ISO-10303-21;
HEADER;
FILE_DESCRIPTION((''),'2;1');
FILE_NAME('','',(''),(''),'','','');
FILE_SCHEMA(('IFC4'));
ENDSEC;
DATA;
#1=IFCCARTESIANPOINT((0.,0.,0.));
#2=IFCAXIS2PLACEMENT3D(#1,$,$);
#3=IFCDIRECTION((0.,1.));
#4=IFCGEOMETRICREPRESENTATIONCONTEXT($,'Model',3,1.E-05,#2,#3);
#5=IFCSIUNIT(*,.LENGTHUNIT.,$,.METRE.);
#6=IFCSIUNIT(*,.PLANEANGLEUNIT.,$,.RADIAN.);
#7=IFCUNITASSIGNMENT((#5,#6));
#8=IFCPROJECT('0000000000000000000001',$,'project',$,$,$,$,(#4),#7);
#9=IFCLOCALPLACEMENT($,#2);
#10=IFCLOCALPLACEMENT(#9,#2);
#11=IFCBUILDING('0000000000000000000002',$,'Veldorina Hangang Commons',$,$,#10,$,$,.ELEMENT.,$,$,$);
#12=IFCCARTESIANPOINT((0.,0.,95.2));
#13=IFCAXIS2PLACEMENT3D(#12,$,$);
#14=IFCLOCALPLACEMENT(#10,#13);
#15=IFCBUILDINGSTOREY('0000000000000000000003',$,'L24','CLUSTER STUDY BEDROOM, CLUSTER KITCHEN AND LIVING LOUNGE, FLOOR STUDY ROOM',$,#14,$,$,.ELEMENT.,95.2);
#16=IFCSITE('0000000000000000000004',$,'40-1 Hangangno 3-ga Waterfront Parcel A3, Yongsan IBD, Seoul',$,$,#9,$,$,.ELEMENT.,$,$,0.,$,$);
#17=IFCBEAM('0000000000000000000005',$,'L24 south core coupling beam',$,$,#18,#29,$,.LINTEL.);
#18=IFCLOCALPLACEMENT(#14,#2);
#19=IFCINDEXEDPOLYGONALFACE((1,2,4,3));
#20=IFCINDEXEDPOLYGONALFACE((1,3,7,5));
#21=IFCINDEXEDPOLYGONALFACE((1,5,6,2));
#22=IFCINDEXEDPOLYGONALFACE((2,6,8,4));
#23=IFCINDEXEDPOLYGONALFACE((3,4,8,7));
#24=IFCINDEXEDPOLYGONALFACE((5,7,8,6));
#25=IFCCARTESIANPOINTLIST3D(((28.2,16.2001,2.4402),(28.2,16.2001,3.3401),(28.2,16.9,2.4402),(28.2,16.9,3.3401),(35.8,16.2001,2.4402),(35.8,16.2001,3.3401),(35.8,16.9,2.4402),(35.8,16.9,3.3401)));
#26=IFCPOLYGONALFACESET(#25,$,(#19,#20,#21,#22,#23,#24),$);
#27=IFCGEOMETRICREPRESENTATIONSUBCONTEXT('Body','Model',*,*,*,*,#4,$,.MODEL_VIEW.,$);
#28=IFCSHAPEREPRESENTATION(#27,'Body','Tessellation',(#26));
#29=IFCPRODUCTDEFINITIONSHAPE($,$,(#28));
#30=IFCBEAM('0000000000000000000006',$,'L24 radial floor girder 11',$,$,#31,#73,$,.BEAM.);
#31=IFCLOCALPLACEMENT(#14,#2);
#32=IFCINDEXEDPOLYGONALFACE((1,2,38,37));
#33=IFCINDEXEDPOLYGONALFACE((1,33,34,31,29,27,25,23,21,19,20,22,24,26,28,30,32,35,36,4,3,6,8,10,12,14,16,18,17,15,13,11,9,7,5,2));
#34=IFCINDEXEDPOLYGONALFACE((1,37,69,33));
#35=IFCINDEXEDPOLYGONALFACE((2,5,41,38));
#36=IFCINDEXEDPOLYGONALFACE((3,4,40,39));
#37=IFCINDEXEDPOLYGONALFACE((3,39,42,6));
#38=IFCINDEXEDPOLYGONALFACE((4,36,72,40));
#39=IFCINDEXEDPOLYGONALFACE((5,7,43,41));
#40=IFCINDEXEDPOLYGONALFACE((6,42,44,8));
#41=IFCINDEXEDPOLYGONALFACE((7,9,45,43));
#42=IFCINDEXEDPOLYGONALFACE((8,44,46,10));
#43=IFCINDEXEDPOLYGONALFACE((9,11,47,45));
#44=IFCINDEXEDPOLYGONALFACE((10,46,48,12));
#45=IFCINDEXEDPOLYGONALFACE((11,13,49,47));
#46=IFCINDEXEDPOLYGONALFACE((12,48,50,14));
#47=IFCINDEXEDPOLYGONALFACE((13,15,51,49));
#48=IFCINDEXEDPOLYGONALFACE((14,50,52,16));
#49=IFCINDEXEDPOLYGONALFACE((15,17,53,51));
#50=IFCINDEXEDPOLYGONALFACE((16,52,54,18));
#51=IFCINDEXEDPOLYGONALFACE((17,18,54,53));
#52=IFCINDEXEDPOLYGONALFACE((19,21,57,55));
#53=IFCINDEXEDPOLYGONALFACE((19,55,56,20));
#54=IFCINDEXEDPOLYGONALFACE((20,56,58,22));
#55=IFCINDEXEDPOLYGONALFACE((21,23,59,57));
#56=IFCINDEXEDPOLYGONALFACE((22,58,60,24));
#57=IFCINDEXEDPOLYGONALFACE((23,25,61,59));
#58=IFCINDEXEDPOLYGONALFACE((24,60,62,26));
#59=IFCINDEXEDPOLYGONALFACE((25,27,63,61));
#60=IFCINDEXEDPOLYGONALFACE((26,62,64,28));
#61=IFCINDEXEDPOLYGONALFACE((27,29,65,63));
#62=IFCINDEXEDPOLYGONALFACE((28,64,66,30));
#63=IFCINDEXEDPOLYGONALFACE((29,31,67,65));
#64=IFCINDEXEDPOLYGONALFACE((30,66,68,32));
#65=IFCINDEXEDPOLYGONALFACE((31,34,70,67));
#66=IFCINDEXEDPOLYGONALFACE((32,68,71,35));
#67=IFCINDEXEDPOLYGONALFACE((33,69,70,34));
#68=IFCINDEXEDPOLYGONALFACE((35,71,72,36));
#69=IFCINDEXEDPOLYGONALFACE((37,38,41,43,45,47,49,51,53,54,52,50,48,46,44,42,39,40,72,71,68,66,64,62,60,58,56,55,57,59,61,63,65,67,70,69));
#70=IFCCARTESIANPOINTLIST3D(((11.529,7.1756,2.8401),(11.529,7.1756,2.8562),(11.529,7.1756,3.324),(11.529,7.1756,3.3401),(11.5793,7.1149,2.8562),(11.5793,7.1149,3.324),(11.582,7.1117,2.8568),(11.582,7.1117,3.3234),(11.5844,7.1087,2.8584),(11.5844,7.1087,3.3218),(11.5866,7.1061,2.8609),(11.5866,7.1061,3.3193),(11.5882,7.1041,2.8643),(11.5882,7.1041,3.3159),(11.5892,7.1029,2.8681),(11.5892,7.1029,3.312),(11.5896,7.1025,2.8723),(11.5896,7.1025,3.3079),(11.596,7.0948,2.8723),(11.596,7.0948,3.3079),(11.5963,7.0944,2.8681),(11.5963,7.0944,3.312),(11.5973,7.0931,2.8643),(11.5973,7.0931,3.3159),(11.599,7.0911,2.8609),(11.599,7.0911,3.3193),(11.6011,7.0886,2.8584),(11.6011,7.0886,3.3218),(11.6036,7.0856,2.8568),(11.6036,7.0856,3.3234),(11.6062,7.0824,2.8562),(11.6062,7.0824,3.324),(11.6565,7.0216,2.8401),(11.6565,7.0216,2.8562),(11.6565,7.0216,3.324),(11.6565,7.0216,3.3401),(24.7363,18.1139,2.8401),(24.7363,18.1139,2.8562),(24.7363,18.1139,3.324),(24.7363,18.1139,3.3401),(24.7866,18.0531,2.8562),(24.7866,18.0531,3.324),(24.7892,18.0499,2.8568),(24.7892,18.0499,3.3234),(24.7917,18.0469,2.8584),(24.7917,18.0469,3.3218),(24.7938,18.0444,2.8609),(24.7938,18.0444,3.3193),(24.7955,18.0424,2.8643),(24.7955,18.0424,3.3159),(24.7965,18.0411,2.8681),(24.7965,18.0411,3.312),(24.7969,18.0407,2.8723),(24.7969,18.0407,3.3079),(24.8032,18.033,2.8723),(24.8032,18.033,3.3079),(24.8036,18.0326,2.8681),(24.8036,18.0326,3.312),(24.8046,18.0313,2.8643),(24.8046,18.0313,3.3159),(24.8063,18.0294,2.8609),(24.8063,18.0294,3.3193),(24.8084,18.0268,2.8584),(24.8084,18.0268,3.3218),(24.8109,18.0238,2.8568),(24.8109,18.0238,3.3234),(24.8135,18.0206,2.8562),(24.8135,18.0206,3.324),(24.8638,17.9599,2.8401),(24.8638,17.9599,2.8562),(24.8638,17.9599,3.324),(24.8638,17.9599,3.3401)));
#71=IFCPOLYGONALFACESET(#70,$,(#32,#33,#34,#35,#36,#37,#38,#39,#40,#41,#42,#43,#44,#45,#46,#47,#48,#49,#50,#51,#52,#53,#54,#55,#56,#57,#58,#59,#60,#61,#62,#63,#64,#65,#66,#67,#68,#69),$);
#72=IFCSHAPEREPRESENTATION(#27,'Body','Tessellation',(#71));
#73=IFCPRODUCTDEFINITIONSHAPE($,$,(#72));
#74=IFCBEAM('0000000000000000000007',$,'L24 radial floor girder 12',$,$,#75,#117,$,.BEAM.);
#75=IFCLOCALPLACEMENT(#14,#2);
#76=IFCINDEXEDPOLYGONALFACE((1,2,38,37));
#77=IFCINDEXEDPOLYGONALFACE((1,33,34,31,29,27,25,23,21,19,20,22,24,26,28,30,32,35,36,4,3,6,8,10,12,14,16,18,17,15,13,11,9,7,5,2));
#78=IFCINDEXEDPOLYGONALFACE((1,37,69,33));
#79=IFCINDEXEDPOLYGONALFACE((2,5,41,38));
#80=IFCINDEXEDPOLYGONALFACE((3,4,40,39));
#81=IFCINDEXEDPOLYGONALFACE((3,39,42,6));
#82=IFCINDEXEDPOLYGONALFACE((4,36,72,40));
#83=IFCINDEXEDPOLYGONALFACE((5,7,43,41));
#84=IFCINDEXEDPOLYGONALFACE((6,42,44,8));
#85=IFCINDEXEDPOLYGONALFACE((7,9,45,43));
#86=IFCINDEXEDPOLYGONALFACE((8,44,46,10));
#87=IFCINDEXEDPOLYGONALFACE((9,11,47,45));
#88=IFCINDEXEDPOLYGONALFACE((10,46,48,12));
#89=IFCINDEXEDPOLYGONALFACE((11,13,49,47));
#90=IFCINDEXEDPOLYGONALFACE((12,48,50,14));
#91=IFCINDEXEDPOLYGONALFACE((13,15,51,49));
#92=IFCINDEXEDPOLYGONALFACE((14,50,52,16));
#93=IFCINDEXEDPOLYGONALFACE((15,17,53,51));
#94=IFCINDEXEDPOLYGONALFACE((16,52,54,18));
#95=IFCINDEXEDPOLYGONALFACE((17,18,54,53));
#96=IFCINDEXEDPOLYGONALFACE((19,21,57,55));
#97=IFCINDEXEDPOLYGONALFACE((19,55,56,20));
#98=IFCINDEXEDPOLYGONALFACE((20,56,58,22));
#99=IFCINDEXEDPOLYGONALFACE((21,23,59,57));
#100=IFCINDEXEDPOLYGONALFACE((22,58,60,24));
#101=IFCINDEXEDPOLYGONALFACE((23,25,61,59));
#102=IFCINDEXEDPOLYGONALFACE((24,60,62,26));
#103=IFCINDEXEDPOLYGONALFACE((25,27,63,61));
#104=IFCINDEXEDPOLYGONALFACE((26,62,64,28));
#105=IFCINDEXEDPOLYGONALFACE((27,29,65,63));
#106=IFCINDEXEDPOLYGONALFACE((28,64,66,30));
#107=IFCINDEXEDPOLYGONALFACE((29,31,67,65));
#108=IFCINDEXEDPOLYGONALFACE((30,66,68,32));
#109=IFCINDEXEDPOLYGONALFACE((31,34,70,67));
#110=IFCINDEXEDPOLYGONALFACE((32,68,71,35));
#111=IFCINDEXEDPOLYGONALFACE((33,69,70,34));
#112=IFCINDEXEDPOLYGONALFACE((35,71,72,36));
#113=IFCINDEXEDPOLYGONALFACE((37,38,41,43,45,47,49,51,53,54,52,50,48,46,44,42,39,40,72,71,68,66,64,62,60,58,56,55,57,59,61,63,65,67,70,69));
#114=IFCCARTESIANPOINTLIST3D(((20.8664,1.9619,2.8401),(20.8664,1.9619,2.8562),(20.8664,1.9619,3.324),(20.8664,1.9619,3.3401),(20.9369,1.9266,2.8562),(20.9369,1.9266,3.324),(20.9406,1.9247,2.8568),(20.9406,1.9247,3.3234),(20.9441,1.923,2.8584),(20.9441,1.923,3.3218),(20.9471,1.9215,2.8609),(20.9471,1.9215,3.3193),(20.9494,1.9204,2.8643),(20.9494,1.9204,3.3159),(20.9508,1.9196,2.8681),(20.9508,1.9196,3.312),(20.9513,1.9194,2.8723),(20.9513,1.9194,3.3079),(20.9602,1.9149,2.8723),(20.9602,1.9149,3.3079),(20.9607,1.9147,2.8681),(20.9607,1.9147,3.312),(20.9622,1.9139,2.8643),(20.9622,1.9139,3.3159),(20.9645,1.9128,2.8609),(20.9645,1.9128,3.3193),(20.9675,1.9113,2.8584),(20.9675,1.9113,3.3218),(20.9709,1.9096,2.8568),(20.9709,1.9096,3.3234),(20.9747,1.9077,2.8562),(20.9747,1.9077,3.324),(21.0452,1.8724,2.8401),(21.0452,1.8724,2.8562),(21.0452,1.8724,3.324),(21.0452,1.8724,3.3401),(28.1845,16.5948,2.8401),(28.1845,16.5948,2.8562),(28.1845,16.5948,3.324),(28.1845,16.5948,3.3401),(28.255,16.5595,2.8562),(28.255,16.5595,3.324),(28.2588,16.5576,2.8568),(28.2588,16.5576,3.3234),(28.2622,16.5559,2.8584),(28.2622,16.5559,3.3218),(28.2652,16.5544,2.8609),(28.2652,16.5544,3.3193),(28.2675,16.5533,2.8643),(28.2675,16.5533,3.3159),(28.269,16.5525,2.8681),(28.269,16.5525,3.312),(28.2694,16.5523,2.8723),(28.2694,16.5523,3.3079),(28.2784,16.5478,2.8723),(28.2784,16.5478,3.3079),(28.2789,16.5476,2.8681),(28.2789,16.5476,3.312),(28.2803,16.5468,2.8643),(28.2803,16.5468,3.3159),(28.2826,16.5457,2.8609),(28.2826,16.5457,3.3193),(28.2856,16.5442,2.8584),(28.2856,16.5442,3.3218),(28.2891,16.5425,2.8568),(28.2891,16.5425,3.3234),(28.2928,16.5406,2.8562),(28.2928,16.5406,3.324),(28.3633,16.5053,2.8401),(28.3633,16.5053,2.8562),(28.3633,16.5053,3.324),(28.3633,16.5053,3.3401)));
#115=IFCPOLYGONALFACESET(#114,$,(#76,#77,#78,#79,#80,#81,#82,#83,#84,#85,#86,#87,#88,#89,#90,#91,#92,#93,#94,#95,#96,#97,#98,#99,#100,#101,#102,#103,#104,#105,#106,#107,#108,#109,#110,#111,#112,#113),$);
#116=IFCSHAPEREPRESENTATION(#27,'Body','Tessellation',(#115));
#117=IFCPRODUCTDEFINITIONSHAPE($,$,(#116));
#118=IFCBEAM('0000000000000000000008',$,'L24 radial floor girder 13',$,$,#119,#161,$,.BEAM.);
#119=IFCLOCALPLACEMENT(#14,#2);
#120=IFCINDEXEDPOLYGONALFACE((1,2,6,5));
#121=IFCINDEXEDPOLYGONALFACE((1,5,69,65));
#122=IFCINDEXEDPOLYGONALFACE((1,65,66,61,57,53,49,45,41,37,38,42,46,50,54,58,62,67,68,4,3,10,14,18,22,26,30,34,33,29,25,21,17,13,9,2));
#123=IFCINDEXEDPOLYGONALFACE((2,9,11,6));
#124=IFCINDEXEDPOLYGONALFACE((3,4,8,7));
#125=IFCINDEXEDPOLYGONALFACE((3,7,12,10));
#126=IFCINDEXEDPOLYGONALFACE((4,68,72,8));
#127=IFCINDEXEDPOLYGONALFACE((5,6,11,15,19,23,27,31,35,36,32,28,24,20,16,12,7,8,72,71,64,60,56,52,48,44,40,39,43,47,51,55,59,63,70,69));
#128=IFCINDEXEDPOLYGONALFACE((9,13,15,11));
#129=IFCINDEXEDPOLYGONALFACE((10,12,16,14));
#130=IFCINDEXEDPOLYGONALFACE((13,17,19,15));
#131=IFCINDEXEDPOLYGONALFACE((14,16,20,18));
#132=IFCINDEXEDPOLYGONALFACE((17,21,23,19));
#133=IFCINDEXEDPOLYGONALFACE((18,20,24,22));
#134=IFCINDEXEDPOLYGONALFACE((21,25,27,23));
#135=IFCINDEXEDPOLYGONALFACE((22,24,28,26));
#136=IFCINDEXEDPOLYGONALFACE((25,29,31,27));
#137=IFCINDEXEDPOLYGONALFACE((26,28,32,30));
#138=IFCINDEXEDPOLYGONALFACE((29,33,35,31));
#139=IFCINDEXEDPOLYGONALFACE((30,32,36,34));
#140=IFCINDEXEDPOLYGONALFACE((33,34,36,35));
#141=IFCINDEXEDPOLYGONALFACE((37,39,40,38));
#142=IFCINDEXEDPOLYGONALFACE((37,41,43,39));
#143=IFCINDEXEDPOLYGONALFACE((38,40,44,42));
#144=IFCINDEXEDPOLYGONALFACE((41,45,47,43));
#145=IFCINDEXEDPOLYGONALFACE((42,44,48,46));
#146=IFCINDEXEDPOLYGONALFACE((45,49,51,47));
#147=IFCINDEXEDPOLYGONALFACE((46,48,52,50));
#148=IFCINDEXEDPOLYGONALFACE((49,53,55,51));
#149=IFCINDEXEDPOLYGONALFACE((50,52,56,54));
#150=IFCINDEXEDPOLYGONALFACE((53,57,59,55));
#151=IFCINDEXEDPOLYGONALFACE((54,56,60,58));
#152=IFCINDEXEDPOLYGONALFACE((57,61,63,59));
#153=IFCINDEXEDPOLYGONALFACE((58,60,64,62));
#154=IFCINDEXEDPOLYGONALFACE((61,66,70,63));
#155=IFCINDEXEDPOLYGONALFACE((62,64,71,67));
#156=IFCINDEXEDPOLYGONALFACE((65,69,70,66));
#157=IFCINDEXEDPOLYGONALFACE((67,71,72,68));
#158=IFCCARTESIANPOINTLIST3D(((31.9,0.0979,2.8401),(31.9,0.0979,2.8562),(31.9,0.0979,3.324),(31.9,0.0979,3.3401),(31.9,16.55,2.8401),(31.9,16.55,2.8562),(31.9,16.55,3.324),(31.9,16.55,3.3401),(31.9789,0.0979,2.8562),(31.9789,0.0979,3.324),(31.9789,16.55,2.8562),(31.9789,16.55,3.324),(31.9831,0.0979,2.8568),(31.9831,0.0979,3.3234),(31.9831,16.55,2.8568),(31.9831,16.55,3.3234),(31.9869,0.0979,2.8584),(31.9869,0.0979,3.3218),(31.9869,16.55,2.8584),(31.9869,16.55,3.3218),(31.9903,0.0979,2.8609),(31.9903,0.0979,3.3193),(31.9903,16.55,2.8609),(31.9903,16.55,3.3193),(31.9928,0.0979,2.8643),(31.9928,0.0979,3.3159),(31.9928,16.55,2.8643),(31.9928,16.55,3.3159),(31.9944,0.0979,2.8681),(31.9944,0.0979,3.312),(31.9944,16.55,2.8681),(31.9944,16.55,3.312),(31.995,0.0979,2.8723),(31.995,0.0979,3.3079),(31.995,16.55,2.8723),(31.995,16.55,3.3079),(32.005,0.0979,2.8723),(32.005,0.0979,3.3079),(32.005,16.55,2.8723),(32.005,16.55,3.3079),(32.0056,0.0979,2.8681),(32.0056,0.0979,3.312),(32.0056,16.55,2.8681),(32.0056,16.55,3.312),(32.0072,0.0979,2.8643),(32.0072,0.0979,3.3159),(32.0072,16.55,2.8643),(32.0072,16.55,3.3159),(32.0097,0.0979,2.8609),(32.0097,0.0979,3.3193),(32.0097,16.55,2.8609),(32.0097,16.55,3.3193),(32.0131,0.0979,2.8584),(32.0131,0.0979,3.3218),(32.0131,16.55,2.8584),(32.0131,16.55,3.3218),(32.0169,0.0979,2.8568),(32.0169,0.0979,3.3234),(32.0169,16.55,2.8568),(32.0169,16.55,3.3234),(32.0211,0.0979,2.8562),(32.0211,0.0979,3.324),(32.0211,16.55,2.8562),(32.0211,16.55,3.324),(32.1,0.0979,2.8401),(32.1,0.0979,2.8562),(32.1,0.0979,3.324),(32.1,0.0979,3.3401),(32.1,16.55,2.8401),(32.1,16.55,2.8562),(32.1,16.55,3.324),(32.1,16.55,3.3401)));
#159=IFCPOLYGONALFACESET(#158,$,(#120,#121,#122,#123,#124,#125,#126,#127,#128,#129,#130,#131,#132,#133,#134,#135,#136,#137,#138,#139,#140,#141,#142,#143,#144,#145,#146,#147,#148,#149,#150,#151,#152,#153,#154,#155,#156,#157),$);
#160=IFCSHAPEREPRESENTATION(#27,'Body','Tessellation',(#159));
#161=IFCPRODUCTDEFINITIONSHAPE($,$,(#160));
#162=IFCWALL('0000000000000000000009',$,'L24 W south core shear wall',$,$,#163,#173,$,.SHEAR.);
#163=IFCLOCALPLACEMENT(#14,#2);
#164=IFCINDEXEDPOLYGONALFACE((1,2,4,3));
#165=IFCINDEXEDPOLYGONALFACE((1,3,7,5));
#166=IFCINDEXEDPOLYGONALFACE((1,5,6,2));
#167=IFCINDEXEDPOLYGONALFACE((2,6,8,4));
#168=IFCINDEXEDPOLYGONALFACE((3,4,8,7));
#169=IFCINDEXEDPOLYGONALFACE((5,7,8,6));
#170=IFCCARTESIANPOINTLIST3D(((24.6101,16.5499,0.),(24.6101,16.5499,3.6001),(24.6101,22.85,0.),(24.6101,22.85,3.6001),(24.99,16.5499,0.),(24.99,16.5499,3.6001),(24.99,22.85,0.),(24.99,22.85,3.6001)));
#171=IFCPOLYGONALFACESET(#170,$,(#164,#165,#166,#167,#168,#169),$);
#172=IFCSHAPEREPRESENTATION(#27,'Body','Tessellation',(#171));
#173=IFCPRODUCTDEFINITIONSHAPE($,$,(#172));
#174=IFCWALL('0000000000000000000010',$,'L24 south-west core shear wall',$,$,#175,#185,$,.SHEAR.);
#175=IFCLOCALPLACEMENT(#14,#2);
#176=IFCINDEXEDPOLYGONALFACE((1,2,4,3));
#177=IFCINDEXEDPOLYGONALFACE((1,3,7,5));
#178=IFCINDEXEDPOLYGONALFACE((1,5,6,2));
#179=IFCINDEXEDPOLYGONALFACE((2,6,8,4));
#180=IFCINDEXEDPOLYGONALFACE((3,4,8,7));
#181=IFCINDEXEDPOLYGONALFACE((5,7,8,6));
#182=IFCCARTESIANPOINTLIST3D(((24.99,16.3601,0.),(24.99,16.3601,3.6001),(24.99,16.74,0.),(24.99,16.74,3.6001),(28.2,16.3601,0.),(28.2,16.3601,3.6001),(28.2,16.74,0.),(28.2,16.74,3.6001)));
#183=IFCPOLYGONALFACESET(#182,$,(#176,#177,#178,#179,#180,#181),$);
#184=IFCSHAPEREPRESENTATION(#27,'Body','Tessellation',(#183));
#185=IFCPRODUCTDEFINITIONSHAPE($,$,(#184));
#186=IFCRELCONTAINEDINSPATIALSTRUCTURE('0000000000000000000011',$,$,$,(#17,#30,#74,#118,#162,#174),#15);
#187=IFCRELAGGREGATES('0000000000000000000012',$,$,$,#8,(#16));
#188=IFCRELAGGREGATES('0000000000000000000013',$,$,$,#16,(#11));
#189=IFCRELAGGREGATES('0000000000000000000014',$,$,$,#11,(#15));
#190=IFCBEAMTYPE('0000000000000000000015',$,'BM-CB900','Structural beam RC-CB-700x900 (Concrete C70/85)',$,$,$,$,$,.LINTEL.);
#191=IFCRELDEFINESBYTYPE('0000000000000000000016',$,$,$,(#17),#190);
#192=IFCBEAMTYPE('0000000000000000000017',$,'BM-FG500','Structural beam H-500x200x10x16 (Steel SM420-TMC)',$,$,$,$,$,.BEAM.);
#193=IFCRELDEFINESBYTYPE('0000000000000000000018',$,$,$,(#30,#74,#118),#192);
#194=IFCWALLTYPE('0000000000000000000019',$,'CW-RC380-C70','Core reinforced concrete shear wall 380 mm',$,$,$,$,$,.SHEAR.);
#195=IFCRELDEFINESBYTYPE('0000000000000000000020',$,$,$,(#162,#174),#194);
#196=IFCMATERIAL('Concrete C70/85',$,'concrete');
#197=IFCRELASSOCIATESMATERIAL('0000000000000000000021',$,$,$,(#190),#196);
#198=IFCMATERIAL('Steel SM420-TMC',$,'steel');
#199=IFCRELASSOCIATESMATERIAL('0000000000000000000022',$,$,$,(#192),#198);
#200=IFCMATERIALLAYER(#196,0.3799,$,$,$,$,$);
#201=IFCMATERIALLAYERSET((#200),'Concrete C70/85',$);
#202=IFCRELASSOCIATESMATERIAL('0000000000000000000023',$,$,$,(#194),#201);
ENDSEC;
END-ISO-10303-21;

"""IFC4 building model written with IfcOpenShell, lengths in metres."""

from ifc_helpers import new_model, si_unit, direction, frame, frame_2d, origin, origin_2d, place, context, subcontext, project, spatial, rectangle, i_section, extrude, material, layer, layer_set, material_profile, profile_set, type_object, element, save


model = new_model("IFC4")

# Units and contexts
model_context = context("Model", 3, precision=1e-05, world=origin(), true_north=direction((0.0, 1.0)))
body_context = subcontext(model_context, "Body", "Model", "MODEL_VIEW")
ifc_project = project(units=[si_unit("LENGTHUNIT", "METRE"), si_unit("PLANEANGLEUNIT", "RADIAN")], contexts=[model_context])

# Site, building, storey
site_placement = place(None, origin())
site = spatial("IfcSite", under=ifc_project, at=site_placement, Name="40-1 Hangangno 3-ga Waterfront Parcel A3, Yongsan IBD, Seoul", CompositionType="ELEMENT", RefElevation=0.0)
building_placement = place(site_placement, origin())
building = spatial("IfcBuilding", under=site, at=building_placement, Name="Veldorina Hangang Commons", CompositionType="ELEMENT")
storey_placement = place(building_placement, frame((0.0, 0.0, 95.2)))
storey = spatial("IfcBuildingStorey", under=building, at=storey_placement, Name="L24", Description="CLUSTER STUDY BEDROOM, CLUSTER KITCHEN AND LIVING LOUNGE, FLOOR STUDY ROOM", CompositionType="ELEMENT", Elevation=95.2)

# Beams
ifc_material_1 = material(Name="Concrete C70/85", Category="concrete")
ifc_material_profile_1 = material_profile(ifc_material_1, rectangle(XDim=0.7, YDim=0.8999, at=origin_2d()), Name="RC-CB-700x900")
ifc_profile_set_1 = profile_set([ifc_material_profile_1], Name="Concrete C70/85")
beam_type_1 = type_object("IfcBeamType", Name="BM-CB900", Description="Structural beam RC-CB-700x900 (Concrete C70/85)", PredefinedType="LINTEL", material=ifc_profile_set_1)
beam_1_placement = place(storey_placement, frame((28.2, 16.55, 2.8901), z_axis=(1.0, 0.0, 0.0), x_axis=(0.0, 1.0, 0.0)))
element("IfcBeam", 1, at=beam_1_placement, inside=storey, type_object=beam_type_1, Name="L24 south core coupling beam", PredefinedType="LINTEL", context=body_context, shape_type="SweptSolid", body=[
    extrude(rectangle(XDim=0.7, YDim=0.8999, at=origin_2d()), origin(), (0.0, 0.0, 1.0), 7.6001),
])
ifc_material_2 = material(Name="Steel SM420-TMC", Category="steel")
ifc_material_profile_2 = material_profile(ifc_material_2, i_section(OverallWidth=0.2, OverallDepth=0.5, WebThickness=0.01, FlangeThickness=0.0161, FilletRadius=0.0161, at=origin_2d()), Name="H-500x200x10x16")
ifc_profile_set_2 = profile_set([ifc_material_profile_2], Name="Steel SM420-TMC")
beam_type_2 = type_object("IfcBeamType", Name="BM-FG500", Description="Structural beam H-500x200x10x16 (Steel SM420-TMC)", PredefinedType="BEAM", material=ifc_profile_set_2)
beam_2_placement = place(storey_placement, frame((24.8, 18.0369, 3.0901), z_axis=(-0.770163, -0.637847, 0.0), x_axis=(0.637847, -0.770163, 0.0)))
element("IfcBeam", 2, at=beam_2_placement, inside=storey, type_object=beam_type_2, Name="L24 radial floor girder 11", PredefinedType="BEAM", context=body_context, shape_type="SweptSolid", body=[
    extrude(i_section(OverallWidth=0.2, OverallDepth=0.5, WebThickness=0.01, FlangeThickness=0.0161, FilletRadius=0.0161, at=origin_2d()), origin(), (0.0, 0.0, 1.0), 17.1487),
])
beam_3_placement = place(storey_placement, frame((28.2739, 16.55, 3.0901), z_axis=(-0.447297, -0.894385, 0.0), x_axis=(0.894385, -0.447297, 0.0)))
element("IfcBeam", 3, at=beam_3_placement, inside=storey, type_object=beam_type_2, Name="L24 radial floor girder 12", PredefinedType="BEAM", context=body_context, shape_type="SweptSolid", body=[
    extrude(i_section(OverallWidth=0.2, OverallDepth=0.5, WebThickness=0.01, FlangeThickness=0.0161, FilletRadius=0.0161, at=origin_2d()), origin(), (0.0, 0.0, 1.0), 16.3608),
])
beam_4_placement = place(storey_placement, frame((32.0, 16.55, 3.0901), z_axis=(0.0, -1.0, 0.0), x_axis=(1.0, 0.0, 0.0)))
element("IfcBeam", 4, at=beam_4_placement, inside=storey, type_object=beam_type_2, Name="L24 radial floor girder 13", PredefinedType="BEAM", context=body_context, shape_type="SweptSolid", body=[
    extrude(i_section(OverallWidth=0.2, OverallDepth=0.5, WebThickness=0.01, FlangeThickness=0.0161, FilletRadius=0.0161, at=origin_2d()), origin(), (0.0, 0.0, 1.0), 16.4521),
])

# Walls
ifc_layer_1 = layer(ifc_material_1, 0.3799)
ifc_layer_set_1 = layer_set([ifc_layer_1], Name="Concrete C70/85")
wall_type_1 = type_object("IfcWallType", Name="CW-RC380-C70", Description="Core reinforced concrete shear wall 380 mm", PredefinedType="SHEAR", material=ifc_layer_set_1)
wall_1_placement = place(storey_placement, frame((24.8, 16.55, 0.0), z_axis=(0.0, 0.0, 1.0), x_axis=(0.0, 1.0, 0.0)))
element("IfcWall", 5, at=wall_1_placement, inside=storey, type_object=wall_type_1, Name="L24 W south core shear wall", PredefinedType="SHEAR", context=body_context, shape_type="SweptSolid", body=[
    extrude(rectangle(XDim=6.3, YDim=0.3799, at=frame_2d((3.1499, 0.0))), origin(), (0.0, 0.0, 1.0), 3.6001),
])
wall_2_placement = place(storey_placement, frame((24.99, 16.55, 0.0), z_axis=(0.0, 0.0, 1.0), x_axis=(1.0, 0.0, 0.0)))
element("IfcWall", 6, at=wall_2_placement, inside=storey, type_object=wall_type_1, Name="L24 south-west core shear wall", PredefinedType="SHEAR", context=body_context, shape_type="SweptSolid", body=[
    extrude(rectangle(XDim=3.21, YDim=0.3799, at=frame_2d((1.605, 0.0))), origin(), (0.0, 0.0, 1.0), 3.6001),
])

save(model, "model.ifc")
